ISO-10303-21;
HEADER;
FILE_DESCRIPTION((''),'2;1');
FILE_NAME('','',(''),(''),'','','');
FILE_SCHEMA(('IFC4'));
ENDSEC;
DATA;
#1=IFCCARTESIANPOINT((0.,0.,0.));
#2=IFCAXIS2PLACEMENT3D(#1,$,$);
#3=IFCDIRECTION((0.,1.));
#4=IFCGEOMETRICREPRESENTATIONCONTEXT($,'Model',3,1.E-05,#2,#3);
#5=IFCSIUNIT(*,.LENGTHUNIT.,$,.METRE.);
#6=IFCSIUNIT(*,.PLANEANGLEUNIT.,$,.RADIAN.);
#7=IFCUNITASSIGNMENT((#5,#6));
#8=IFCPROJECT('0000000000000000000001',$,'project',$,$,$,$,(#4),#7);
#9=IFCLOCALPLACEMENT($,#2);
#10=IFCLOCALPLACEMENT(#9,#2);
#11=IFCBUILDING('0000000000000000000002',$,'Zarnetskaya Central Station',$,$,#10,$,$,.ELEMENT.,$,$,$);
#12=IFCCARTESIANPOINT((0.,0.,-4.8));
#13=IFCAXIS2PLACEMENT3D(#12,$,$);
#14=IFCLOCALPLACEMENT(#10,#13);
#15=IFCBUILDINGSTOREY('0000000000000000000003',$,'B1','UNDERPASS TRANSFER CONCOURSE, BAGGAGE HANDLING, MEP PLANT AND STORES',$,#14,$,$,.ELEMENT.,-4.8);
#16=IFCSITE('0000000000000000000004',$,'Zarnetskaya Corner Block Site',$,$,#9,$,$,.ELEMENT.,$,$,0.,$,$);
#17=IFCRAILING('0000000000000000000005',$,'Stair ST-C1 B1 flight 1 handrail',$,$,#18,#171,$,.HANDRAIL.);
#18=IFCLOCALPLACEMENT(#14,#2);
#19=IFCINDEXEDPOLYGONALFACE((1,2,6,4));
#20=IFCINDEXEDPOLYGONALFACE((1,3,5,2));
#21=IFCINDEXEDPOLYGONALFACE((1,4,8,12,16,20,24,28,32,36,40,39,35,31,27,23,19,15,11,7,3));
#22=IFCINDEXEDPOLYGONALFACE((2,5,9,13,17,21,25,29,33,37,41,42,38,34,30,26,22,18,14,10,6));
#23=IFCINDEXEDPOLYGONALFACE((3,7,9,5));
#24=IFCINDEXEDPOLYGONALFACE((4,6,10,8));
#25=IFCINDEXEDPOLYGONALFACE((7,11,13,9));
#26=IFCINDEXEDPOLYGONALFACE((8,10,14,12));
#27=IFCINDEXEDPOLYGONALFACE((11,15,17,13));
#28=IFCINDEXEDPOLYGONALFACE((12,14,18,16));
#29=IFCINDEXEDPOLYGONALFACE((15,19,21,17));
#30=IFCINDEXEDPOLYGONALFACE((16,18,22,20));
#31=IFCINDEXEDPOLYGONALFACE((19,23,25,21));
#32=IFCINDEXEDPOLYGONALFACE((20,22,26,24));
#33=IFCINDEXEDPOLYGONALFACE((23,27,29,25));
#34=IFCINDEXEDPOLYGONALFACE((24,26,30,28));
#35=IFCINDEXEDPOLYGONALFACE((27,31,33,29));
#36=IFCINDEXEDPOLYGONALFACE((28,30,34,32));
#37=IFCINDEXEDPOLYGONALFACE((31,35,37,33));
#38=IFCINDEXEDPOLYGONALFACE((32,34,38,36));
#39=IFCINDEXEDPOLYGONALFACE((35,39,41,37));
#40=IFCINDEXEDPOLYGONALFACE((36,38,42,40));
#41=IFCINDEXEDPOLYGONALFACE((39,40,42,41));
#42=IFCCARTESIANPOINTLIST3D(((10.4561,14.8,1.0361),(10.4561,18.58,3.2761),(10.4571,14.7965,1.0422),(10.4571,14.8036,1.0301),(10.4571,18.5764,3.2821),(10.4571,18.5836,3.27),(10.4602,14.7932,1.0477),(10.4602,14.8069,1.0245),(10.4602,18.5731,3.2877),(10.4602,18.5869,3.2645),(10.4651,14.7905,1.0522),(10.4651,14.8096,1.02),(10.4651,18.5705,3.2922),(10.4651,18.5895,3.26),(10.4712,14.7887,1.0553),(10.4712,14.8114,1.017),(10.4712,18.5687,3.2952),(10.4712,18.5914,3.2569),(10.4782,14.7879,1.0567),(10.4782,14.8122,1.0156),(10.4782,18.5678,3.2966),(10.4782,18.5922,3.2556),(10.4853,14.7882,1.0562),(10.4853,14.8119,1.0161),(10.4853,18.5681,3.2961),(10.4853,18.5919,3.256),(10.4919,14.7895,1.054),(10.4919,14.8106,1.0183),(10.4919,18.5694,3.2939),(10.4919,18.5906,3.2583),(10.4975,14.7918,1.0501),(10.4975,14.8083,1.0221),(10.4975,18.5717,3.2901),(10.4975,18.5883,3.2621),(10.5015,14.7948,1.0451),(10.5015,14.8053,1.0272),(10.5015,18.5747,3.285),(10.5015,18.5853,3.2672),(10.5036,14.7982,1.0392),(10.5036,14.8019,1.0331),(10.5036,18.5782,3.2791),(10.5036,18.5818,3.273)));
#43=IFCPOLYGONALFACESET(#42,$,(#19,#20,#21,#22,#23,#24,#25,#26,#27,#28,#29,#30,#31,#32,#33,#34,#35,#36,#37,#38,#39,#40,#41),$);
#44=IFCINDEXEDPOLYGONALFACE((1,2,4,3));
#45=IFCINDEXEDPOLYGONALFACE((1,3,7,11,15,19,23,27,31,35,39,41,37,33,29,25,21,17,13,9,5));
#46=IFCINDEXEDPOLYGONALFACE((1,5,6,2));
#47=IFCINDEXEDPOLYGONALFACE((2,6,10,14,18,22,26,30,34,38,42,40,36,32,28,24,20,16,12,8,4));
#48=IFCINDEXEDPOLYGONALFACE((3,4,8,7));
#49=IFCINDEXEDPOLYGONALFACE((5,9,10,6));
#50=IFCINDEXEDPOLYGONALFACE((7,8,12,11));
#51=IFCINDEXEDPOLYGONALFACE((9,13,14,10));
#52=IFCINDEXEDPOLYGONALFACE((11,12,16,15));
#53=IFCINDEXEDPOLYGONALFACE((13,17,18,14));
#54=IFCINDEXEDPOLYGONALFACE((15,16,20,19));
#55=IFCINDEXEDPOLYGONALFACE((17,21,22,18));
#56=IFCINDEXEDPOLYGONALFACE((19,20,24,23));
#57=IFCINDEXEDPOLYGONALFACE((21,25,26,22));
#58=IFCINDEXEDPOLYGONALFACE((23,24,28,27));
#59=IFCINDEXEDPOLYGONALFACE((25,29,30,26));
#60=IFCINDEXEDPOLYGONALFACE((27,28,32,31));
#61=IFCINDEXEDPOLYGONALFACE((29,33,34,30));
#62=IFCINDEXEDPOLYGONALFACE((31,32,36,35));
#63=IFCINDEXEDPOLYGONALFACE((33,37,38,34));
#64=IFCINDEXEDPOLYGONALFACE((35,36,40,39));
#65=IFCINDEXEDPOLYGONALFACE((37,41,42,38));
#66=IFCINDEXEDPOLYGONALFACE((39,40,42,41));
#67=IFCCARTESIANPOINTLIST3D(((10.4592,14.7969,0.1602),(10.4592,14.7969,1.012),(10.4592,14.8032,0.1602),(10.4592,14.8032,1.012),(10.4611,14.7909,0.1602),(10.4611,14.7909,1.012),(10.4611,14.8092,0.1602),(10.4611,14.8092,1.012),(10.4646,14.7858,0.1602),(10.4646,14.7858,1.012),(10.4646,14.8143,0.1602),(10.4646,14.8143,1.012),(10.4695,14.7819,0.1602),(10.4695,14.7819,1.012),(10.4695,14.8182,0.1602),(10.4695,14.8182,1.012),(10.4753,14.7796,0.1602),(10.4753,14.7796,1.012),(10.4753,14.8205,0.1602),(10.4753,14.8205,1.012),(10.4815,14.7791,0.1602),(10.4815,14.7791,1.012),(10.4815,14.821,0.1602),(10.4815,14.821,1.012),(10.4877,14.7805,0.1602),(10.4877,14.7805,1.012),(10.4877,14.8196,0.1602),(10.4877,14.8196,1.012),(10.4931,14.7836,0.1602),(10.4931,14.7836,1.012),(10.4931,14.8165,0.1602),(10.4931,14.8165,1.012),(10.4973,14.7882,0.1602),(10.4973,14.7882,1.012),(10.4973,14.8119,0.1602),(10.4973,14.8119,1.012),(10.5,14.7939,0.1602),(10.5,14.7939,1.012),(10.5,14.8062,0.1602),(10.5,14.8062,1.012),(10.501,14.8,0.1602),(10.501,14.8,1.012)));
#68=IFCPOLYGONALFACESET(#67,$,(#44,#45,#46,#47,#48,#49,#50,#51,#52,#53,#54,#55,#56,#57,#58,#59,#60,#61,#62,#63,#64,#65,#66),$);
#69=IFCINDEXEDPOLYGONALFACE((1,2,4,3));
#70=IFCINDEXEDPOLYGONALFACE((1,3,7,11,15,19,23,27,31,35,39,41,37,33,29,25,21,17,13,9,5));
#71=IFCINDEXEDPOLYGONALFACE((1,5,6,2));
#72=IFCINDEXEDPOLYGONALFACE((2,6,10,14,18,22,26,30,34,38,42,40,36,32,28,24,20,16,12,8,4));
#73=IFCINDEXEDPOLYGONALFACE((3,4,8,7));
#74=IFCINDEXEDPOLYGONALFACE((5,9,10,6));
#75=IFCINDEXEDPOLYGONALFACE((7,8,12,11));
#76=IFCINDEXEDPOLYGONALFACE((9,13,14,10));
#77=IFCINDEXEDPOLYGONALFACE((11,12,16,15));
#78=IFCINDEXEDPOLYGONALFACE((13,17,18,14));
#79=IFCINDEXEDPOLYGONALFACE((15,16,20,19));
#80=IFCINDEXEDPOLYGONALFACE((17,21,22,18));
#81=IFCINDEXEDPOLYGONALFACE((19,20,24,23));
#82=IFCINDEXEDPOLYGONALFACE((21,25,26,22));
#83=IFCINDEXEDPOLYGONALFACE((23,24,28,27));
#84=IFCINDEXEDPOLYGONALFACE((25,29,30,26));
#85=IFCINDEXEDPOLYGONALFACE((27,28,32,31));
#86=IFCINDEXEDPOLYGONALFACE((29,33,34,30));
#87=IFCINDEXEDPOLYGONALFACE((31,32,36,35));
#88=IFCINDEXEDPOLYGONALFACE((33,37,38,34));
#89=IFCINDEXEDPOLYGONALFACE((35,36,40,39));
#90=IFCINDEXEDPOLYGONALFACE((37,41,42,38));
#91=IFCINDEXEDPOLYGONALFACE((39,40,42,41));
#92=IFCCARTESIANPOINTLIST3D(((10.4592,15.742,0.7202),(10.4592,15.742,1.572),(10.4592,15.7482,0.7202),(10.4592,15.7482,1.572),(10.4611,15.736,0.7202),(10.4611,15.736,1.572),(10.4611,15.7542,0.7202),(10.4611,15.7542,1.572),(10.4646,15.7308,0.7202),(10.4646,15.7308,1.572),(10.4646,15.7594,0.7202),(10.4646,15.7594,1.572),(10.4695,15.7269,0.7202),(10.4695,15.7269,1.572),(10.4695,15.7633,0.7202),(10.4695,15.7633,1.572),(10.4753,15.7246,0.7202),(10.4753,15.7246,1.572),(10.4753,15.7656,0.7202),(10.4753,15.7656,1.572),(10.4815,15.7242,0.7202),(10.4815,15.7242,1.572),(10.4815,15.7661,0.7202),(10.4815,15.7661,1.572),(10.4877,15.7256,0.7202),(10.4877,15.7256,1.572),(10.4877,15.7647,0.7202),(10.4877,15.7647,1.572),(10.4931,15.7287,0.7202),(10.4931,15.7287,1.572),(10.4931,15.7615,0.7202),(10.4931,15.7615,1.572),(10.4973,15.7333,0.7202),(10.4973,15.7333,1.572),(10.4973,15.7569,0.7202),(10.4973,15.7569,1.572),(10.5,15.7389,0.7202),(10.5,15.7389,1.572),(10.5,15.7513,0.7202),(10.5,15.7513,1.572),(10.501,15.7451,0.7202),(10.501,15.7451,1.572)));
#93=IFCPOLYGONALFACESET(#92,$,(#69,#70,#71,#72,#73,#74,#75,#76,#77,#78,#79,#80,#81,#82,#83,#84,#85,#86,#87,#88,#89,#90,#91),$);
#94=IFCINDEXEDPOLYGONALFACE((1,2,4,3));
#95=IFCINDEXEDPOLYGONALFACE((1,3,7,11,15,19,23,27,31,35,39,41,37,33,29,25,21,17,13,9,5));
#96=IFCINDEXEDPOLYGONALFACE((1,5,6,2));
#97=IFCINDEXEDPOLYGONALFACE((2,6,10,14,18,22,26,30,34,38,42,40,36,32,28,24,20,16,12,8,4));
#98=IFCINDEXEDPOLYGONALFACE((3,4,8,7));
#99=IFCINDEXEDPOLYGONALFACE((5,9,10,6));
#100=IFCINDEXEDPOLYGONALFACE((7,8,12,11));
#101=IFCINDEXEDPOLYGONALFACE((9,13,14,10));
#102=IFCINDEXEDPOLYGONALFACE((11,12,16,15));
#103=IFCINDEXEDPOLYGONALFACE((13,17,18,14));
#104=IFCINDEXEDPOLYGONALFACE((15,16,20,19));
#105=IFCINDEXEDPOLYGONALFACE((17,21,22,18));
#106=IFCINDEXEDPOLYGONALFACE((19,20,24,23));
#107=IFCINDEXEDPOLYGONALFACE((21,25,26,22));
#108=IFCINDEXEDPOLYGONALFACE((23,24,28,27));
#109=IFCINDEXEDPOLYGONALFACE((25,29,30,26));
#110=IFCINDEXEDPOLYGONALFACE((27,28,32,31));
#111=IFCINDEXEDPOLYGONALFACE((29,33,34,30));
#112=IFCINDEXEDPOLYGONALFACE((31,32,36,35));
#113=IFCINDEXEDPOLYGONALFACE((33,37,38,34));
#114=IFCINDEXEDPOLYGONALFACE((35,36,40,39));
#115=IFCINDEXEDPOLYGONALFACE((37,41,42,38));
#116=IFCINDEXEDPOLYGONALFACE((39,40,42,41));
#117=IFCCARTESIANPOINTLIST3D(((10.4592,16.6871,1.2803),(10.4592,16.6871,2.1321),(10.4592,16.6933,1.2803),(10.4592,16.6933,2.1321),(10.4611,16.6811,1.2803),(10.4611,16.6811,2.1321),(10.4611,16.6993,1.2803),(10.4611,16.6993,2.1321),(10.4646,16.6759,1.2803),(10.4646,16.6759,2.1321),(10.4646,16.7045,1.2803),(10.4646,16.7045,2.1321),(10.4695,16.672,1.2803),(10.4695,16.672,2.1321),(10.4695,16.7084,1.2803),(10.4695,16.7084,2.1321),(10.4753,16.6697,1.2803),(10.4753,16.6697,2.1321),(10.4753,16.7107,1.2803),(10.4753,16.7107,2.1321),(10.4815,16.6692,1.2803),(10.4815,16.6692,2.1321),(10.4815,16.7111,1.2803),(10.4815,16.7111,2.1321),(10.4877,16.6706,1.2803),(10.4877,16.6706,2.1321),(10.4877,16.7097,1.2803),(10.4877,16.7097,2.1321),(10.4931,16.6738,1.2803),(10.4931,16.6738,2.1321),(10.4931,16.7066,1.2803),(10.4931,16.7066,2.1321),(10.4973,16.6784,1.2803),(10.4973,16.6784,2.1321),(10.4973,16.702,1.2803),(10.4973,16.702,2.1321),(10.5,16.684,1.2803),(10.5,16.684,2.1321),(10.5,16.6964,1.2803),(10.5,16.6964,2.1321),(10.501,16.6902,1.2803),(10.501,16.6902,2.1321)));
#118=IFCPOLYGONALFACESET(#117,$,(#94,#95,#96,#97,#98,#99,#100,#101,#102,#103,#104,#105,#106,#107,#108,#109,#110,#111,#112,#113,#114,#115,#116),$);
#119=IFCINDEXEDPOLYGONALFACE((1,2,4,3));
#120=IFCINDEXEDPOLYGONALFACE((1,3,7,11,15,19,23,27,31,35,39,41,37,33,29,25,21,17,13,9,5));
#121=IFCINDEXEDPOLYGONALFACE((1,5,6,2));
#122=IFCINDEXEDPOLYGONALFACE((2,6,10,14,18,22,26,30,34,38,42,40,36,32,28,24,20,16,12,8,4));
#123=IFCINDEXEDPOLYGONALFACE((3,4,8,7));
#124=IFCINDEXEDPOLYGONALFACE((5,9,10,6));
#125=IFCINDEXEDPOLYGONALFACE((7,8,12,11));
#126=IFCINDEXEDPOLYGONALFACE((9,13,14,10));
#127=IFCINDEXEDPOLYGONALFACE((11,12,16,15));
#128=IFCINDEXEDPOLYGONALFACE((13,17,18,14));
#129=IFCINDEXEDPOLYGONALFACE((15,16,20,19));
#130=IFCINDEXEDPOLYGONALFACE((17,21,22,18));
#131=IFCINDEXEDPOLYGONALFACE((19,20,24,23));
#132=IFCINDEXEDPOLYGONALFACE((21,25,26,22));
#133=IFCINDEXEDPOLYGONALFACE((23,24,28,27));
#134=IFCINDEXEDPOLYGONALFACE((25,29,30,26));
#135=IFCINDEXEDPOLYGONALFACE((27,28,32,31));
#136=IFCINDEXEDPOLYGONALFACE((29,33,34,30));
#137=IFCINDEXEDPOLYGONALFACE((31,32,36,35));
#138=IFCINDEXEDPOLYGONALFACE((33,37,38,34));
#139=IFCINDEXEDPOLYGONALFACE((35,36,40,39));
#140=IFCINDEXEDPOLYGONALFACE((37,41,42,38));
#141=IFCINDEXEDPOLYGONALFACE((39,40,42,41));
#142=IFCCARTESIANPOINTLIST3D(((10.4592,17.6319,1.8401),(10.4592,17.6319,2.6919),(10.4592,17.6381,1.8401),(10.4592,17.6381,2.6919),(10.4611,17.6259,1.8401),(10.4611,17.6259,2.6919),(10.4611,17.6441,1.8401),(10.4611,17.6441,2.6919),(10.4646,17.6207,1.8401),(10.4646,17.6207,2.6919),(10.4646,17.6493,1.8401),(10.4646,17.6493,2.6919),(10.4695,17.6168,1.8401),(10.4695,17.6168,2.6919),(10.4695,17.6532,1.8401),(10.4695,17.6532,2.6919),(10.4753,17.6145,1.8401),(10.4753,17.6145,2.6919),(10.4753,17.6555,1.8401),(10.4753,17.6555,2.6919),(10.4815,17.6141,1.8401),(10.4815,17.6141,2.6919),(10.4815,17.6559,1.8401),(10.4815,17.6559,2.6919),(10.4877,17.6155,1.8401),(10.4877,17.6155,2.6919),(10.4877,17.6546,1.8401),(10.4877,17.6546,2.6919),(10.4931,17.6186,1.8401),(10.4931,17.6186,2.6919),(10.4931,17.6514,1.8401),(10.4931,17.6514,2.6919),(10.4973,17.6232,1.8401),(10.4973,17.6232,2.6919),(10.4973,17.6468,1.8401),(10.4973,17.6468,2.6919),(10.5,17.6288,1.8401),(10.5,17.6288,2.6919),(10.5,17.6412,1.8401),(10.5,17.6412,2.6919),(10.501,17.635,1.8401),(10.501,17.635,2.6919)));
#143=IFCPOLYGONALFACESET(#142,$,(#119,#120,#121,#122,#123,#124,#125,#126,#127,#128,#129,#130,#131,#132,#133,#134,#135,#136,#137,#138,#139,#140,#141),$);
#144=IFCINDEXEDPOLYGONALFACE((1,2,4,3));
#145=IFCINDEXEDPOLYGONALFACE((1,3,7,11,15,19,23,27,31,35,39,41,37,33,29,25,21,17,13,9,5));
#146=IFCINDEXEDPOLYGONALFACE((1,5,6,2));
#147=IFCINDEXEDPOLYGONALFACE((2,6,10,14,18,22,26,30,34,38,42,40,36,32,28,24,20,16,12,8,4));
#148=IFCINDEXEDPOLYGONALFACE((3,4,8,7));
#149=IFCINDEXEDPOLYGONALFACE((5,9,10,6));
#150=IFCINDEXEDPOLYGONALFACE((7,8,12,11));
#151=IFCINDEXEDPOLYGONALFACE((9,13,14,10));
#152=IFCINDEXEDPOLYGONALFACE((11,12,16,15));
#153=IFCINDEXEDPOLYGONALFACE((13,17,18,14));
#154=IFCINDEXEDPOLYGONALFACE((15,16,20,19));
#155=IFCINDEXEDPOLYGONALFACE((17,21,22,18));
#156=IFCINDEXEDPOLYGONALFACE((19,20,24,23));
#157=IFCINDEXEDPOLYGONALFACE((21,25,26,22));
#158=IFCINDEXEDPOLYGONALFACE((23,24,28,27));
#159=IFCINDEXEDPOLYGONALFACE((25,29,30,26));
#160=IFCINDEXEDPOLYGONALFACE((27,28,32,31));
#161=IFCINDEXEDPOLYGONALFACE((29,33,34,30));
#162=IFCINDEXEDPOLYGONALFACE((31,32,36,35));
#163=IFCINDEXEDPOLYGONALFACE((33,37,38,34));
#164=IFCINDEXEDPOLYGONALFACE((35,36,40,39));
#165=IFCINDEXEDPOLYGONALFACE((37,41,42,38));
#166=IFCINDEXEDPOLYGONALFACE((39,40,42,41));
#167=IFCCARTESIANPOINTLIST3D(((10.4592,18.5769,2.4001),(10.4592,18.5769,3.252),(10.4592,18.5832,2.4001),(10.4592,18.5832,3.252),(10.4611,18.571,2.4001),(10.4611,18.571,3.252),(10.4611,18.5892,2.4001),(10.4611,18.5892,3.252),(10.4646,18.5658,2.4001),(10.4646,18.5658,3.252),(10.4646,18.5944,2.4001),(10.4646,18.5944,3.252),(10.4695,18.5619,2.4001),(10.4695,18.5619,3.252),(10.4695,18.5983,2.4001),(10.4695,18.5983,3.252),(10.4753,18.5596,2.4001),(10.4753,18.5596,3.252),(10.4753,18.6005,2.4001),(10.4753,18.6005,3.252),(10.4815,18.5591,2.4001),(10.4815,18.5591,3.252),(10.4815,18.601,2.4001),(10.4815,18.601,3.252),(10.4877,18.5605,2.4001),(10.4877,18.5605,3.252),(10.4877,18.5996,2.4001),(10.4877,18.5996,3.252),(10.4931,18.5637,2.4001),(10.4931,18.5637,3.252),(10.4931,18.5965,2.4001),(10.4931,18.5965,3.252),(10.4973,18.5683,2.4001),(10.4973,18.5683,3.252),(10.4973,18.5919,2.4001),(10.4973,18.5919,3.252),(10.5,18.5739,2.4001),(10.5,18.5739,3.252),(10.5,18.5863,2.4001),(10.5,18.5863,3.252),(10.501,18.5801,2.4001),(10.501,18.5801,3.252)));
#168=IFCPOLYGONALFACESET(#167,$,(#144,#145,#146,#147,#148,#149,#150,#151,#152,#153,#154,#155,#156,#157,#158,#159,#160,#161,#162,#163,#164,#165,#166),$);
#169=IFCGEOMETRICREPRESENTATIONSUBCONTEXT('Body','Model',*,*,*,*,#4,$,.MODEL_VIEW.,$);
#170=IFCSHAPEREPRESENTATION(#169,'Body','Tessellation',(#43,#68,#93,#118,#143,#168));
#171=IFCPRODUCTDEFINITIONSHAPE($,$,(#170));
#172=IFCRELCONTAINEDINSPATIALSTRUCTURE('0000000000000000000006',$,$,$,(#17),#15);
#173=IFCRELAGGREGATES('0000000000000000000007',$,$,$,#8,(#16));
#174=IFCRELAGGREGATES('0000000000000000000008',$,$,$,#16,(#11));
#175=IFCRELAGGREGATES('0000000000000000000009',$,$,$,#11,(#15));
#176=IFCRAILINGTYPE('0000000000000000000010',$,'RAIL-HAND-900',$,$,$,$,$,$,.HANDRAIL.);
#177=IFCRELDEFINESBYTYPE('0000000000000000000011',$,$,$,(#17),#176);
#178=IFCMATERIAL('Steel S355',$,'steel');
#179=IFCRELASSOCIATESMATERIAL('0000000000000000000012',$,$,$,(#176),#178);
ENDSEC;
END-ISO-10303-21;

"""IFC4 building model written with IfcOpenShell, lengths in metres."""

from ifc_helpers import new_model, si_unit, direction, frame, origin, origin_2d, place, context, subcontext, project, spatial, circle, extrude, material, type_object, element, save


model = new_model("IFC4")

# Units and contexts
model_context = context("Model", 3, precision=1e-05, world=origin(), true_north=direction((0.0, 1.0)))
body_context = subcontext(model_context, "Body", "Model", "MODEL_VIEW")
ifc_project = project(units=[si_unit("LENGTHUNIT", "METRE"), si_unit("PLANEANGLEUNIT", "RADIAN")], contexts=[model_context])

# Site, building, storey
site_placement = place(None, origin())
site = spatial("IfcSite", under=ifc_project, at=site_placement, Name="Zarnetskaya Corner Block Site", CompositionType="ELEMENT", RefElevation=0.0)
building_placement = place(site_placement, origin())
building = spatial("IfcBuilding", under=site, at=building_placement, Name="Zarnetskaya Central Station", CompositionType="ELEMENT")
storey_placement = place(building_placement, frame((0.0, 0.0, -4.8)))
storey = spatial("IfcBuildingStorey", under=building, at=storey_placement, Name="B1", Description="UNDERPASS TRANSFER CONCOURSE, BAGGAGE HANDLING, MEP PLANT AND STORES", CompositionType="ELEMENT", Elevation=-4.8)

# Railing
ifc_material_1 = material(Name="Steel S355", Category="steel")
railing_type = type_object("IfcRailingType", Name="RAIL-HAND-900", PredefinedType="HANDRAIL", material=ifc_material_1)
railing_placement = place(storey_placement, frame((10.48, 14.8, 0.1602)))
element("IfcRailing", 1, at=railing_placement, inside=storey, type_object=railing_type, Name="Stair ST-C1 B1 flight 1 handrail", PredefinedType="HANDRAIL", context=body_context, shape_type="SweptSolid", body=[
    extrude(circle(Radius=0.0239, at=origin_2d()), frame((0.0, 0.0, 0.876), z_axis=(0.0, 0.860294, 0.509798), x_axis=(-1.0, 0.0, 0.0)), (0.0, 0.0, 1.0), 4.3938),
    extrude(circle(Radius=0.021, at=origin_2d()), origin(), (0.0, 0.0, 1.0), 0.8518),
    extrude(circle(Radius=0.021, at=origin_2d()), frame((0.0, 0.9451, 0.5601)), (0.0, 0.0, 1.0), 0.8518),
    extrude(circle(Radius=0.021, at=origin_2d()), frame((0.0, 1.8901, 1.1201)), (0.0, 0.0, 1.0), 0.8518),
    extrude(circle(Radius=0.021, at=origin_2d()), frame((0.0, 2.835, 1.6799)), (0.0, 0.0, 1.0), 0.8518),
    extrude(circle(Radius=0.021, at=origin_2d()), frame((0.0, 3.78, 2.24)), (0.0, 0.0, 1.0), 0.8518),
])

save(model, "model.ifc")
